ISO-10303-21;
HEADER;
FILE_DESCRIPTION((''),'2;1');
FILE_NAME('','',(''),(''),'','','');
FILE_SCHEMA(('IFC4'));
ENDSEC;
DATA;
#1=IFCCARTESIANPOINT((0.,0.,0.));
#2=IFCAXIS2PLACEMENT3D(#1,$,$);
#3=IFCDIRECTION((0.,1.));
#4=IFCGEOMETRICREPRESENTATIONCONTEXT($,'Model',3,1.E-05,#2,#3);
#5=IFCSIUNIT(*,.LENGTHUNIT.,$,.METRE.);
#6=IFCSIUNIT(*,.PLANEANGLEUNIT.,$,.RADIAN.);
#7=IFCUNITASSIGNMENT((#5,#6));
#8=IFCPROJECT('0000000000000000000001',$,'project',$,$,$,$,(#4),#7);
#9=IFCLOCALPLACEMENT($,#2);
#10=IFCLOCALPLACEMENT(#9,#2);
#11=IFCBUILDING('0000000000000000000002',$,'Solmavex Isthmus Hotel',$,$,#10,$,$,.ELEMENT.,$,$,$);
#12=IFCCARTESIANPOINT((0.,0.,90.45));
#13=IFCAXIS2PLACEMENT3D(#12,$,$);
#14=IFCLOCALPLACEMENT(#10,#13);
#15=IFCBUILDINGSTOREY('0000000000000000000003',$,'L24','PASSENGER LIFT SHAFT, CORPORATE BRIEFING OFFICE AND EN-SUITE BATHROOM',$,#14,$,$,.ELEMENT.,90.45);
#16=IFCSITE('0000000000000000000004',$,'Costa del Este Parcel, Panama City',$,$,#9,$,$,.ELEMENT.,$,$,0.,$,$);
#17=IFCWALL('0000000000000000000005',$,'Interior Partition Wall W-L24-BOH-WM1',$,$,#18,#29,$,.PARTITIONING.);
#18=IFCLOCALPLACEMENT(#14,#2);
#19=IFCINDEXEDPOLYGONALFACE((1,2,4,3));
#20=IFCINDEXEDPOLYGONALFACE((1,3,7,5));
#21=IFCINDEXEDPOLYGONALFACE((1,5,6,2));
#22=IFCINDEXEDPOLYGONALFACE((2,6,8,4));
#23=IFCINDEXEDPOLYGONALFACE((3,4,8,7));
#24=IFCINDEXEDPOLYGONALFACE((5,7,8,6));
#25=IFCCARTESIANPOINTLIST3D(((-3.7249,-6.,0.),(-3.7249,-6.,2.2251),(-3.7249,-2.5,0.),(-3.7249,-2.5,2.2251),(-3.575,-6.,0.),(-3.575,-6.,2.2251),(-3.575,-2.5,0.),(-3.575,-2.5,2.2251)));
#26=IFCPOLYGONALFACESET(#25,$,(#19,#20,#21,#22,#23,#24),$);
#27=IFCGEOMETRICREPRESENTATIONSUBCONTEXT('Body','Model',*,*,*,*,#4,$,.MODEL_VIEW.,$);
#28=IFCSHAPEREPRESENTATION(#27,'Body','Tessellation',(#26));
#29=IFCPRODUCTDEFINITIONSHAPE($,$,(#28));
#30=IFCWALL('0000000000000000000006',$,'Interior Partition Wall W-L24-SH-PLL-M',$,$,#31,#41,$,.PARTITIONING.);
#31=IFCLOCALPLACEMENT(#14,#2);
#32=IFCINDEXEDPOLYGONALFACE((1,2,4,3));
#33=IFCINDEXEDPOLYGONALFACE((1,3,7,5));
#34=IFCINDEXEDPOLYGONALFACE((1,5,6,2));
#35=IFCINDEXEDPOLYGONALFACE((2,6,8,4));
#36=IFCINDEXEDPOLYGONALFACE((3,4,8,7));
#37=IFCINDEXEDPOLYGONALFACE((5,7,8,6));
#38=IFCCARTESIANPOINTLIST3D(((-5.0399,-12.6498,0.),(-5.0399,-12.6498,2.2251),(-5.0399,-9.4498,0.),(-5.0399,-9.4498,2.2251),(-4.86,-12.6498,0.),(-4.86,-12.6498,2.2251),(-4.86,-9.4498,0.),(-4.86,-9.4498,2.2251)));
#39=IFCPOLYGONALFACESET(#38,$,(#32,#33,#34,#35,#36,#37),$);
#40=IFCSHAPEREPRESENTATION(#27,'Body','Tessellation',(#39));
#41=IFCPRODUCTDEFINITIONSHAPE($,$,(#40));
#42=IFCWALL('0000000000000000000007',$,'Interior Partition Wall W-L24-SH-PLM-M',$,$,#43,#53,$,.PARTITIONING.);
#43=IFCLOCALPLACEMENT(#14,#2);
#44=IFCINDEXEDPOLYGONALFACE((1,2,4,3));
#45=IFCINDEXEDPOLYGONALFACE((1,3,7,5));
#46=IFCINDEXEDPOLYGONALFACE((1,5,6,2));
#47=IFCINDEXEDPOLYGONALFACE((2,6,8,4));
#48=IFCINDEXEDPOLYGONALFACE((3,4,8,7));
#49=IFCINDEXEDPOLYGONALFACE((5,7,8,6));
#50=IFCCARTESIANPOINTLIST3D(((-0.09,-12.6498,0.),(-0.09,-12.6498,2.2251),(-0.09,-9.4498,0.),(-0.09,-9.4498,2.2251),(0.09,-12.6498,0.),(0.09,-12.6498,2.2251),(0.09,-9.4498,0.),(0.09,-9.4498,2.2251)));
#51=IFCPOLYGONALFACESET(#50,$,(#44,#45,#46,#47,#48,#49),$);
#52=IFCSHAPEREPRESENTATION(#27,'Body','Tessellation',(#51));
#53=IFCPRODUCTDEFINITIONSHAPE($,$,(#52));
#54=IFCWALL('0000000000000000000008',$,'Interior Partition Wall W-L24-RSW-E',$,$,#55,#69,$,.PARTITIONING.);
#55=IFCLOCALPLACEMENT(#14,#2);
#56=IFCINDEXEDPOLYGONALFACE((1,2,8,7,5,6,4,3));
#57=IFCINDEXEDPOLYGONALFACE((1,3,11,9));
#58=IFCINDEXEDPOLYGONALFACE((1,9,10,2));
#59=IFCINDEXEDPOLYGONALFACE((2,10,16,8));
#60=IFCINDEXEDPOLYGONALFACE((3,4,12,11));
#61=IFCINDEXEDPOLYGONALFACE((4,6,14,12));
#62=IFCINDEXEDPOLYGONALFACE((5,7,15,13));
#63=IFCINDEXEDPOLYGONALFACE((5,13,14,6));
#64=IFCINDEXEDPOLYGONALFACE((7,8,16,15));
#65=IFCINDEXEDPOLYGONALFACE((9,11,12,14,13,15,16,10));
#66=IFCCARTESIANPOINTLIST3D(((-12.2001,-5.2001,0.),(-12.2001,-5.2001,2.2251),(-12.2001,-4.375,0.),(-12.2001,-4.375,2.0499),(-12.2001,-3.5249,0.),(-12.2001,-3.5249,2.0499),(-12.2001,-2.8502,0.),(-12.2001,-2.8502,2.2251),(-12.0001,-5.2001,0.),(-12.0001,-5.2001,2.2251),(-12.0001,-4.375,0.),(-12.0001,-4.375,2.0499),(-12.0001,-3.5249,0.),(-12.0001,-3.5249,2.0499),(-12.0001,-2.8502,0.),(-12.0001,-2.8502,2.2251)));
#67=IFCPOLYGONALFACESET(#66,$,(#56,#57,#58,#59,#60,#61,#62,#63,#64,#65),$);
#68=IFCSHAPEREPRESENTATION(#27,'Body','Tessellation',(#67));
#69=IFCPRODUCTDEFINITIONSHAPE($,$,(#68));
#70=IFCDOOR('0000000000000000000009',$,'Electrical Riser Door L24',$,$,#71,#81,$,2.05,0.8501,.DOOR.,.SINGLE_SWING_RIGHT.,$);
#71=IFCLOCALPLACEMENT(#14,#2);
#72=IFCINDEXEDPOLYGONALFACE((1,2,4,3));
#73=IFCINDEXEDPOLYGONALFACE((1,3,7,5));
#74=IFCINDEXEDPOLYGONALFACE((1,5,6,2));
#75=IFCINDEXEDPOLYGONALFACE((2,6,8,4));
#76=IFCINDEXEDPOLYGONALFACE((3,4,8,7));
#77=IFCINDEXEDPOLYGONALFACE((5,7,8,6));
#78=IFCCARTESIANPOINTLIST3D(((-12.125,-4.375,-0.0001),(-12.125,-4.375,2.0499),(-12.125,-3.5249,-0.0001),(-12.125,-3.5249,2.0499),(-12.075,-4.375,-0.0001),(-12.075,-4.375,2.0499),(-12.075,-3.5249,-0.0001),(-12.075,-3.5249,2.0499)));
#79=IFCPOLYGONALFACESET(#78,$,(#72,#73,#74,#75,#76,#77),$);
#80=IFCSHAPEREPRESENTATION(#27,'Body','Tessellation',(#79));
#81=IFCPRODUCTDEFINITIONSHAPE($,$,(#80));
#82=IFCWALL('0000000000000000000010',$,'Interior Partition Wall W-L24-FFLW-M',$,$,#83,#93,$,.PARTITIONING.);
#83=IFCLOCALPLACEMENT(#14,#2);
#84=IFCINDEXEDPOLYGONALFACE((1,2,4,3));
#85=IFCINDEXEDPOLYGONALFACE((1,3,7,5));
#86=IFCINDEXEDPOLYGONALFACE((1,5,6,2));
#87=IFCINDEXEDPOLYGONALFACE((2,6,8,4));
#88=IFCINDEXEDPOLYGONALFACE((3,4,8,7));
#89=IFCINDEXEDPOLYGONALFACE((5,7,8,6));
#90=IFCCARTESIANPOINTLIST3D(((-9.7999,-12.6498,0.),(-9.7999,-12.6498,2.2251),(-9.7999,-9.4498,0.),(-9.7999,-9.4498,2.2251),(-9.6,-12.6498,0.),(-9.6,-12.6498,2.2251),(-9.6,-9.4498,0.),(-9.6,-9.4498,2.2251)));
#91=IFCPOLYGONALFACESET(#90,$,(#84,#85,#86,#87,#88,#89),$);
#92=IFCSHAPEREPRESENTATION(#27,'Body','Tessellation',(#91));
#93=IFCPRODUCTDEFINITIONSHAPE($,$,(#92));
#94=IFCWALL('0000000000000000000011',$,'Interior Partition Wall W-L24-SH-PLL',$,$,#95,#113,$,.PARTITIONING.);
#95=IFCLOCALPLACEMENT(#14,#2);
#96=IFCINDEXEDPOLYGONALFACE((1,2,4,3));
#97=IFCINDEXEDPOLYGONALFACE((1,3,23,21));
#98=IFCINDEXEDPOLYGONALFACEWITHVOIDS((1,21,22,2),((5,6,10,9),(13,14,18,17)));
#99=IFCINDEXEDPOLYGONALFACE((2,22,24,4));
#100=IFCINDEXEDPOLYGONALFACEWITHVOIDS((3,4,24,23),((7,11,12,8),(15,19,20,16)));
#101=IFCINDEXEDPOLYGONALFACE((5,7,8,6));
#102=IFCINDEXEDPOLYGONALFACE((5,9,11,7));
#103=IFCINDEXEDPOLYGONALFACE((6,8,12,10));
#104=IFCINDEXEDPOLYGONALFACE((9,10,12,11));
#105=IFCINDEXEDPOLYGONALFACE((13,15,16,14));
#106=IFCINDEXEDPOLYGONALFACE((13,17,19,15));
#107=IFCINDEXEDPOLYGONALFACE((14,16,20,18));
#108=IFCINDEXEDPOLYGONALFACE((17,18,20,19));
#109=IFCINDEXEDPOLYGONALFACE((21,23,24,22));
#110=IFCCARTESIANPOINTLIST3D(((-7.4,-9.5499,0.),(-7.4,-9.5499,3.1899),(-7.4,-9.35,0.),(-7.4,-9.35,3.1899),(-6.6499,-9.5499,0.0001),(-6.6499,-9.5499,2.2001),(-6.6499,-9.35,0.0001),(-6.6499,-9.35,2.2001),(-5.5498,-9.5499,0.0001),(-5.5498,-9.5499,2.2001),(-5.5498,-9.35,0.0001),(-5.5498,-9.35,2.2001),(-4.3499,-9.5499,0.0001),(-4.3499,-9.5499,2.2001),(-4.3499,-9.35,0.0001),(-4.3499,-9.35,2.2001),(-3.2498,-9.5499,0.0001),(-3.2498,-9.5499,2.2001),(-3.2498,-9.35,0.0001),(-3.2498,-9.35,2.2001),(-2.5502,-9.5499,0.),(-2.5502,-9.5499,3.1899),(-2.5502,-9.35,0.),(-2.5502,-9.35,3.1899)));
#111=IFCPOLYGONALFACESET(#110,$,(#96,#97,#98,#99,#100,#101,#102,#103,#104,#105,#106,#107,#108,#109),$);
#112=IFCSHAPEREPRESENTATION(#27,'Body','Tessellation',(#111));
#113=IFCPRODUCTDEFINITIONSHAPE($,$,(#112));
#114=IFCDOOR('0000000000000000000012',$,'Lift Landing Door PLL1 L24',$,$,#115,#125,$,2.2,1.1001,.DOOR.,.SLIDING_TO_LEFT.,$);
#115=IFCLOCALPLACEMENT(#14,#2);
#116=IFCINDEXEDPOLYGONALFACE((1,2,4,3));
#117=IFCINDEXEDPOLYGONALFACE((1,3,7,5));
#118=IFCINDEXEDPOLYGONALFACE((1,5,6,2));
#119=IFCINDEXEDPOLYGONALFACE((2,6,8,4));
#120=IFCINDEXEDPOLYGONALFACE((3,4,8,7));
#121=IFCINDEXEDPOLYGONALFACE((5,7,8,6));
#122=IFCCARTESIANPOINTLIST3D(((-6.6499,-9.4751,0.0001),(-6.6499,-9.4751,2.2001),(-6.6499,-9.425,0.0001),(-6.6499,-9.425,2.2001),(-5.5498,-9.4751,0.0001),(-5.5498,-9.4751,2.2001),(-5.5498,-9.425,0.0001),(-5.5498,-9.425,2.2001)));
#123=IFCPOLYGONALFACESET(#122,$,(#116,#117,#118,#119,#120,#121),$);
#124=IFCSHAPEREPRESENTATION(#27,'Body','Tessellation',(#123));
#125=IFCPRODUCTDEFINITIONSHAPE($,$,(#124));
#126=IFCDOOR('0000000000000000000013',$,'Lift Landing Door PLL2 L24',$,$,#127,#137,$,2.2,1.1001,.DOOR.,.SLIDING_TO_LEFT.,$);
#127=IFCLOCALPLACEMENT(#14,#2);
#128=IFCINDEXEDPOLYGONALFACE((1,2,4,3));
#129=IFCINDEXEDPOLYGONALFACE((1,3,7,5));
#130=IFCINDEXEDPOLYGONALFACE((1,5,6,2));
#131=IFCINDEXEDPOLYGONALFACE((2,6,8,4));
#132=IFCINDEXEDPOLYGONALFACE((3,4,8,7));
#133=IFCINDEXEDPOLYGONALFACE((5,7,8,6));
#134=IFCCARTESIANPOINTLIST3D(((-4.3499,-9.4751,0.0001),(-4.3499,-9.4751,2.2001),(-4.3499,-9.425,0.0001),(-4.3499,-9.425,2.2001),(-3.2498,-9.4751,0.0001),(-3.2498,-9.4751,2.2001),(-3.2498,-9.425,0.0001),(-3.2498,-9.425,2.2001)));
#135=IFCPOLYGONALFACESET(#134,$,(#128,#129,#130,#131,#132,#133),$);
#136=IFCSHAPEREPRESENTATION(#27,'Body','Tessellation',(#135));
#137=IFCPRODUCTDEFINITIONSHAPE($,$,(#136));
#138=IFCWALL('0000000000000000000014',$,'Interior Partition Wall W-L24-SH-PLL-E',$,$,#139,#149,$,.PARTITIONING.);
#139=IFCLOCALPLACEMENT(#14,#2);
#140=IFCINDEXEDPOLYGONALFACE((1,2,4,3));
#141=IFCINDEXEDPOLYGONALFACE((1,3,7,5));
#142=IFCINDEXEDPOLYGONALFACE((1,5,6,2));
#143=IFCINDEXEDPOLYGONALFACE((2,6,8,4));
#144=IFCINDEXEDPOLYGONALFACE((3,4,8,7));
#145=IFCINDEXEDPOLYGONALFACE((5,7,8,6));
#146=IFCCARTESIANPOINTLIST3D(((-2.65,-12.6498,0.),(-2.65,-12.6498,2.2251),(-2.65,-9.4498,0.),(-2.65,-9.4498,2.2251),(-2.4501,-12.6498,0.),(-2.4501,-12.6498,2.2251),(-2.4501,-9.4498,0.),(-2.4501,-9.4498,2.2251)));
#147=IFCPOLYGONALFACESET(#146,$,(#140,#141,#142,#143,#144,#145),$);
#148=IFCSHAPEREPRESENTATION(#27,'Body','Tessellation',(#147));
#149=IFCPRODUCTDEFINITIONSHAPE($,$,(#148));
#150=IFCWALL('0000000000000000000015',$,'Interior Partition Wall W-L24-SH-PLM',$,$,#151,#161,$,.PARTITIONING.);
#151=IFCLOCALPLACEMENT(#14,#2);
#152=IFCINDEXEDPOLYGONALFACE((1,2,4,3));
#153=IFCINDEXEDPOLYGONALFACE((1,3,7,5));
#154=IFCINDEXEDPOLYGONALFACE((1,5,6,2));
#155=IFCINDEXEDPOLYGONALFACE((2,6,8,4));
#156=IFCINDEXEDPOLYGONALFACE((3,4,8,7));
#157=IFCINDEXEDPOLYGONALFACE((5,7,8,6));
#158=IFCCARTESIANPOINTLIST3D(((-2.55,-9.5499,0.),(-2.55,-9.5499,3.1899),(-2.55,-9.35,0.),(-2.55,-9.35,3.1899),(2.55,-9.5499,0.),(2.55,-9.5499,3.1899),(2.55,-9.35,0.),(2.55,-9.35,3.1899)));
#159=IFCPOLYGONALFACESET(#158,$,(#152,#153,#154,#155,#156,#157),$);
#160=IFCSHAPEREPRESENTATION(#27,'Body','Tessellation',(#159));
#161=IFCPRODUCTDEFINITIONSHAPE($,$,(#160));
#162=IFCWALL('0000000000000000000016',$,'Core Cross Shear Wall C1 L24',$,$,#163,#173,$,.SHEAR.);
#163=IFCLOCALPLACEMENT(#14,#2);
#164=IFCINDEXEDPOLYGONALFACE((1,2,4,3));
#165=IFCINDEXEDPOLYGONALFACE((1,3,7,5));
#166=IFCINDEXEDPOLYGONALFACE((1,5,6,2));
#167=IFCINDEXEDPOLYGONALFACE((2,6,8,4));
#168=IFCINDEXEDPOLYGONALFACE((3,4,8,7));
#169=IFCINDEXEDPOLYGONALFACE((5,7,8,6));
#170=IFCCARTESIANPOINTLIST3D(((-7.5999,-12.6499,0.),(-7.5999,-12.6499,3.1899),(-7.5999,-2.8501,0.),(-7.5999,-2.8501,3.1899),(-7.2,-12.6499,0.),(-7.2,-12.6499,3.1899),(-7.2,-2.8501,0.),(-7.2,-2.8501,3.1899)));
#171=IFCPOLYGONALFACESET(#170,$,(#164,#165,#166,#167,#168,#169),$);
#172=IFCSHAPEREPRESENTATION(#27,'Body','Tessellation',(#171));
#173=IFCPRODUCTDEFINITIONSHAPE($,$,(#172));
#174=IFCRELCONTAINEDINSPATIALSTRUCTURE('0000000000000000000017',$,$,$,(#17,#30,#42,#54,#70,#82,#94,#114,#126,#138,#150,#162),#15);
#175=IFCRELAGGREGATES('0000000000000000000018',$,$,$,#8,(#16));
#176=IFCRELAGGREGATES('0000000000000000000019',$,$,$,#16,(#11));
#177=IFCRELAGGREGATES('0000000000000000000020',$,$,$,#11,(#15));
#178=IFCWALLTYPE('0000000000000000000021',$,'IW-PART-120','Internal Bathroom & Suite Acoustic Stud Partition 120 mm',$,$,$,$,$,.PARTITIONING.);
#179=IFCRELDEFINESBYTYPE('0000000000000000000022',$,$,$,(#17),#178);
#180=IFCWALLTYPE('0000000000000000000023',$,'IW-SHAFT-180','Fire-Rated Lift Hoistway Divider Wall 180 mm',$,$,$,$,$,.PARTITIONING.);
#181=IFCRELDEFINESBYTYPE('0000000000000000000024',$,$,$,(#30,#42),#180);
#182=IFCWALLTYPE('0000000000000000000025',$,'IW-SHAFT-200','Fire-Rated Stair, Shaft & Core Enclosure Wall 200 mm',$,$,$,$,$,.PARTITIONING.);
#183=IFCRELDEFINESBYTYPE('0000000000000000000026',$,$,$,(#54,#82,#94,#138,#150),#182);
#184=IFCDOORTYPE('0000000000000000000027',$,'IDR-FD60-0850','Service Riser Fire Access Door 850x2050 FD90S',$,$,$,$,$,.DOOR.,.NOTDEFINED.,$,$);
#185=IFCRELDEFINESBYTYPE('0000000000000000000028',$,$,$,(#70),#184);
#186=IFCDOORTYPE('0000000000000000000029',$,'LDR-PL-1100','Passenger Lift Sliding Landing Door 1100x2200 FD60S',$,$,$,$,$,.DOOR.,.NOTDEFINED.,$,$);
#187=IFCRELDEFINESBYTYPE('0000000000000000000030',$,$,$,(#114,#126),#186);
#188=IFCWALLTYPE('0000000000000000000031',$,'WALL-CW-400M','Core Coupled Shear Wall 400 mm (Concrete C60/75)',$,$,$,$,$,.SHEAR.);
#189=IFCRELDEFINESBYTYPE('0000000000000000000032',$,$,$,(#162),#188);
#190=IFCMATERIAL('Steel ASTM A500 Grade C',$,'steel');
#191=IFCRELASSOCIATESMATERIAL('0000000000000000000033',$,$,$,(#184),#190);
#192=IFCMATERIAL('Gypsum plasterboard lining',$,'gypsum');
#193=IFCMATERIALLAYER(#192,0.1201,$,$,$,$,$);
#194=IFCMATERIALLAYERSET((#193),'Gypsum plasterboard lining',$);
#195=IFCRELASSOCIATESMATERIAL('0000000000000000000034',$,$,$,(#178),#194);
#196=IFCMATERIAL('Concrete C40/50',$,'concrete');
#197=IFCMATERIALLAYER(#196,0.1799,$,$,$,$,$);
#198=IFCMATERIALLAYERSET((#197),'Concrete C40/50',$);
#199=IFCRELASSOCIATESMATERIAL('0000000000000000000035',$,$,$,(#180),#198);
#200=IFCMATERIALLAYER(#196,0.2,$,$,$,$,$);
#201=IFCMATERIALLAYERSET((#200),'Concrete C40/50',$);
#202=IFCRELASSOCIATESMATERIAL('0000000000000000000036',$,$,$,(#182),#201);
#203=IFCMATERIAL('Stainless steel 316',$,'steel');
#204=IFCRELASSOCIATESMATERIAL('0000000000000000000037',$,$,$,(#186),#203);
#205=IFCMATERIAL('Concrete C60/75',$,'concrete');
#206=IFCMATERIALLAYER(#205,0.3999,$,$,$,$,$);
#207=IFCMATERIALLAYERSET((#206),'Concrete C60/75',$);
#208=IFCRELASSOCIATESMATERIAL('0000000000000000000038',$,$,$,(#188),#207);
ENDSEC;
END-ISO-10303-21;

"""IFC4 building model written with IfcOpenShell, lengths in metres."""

from ifc_helpers import new_model, si_unit, direction, frame, frame_2d, origin, place, context, subcontext, project, spatial, rectangle, extrude, material, layer, layer_set, type_object, element, fill, save


model = new_model("IFC4")

# Units and contexts
model_context = context("Model", 3, precision=1e-05, world=origin(), true_north=direction((0.0, 1.0)))
body_context = subcontext(model_context, "Body", "Model", "MODEL_VIEW")
ifc_project = project(units=[si_unit("LENGTHUNIT", "METRE"), si_unit("PLANEANGLEUNIT", "RADIAN")], contexts=[model_context])

# Site, building, storey
site_placement = place(None, origin())
site = spatial("IfcSite", under=ifc_project, at=site_placement, Name="Costa del Este Parcel, Panama City", CompositionType="ELEMENT", RefElevation=0.0)
building_placement = place(site_placement, origin())
building = spatial("IfcBuilding", under=site, at=building_placement, Name="Solmavex Isthmus Hotel", CompositionType="ELEMENT")
storey_placement = place(building_placement, frame((0.0, 0.0, 90.45)))
storey = spatial("IfcBuildingStorey", under=building, at=storey_placement, Name="L24", Description="PASSENGER LIFT SHAFT, CORPORATE BRIEFING OFFICE AND EN-SUITE BATHROOM", CompositionType="ELEMENT", Elevation=90.45)

# Shared definitions
ifc_material_1 = material(Name="Concrete C60/75", Category="concrete")

# Shared definitions
ifc_material_2 = material(Name="Concrete C40/50", Category="concrete")

# Shared definitions
ifc_material_3 = material(Name="Gypsum plasterboard lining", Category="gypsum")
ifc_material_4 = material(Name="Steel ASTM A500 Grade C", Category="steel")
door_type_1 = type_object("IfcDoorType", Name="IDR-FD60-0850", Description="Service Riser Fire Access Door 850x2050 FD90S", OperationType="NOTDEFINED", PredefinedType="DOOR", material=ifc_material_4)

# Walls
ifc_layer_1 = layer(ifc_material_3, 0.1201)
ifc_layer_set_1 = layer_set([ifc_layer_1], Name="Gypsum plasterboard lining")
wall_type_1 = type_object("IfcWallType", Name="IW-PART-120", Description="Internal Bathroom & Suite Acoustic Stud Partition 120 mm", PredefinedType="PARTITIONING", material=ifc_layer_set_1)
wall_1_placement = place(storey_placement, frame((-3.6499, -6.0, 0.0), z_axis=(0.0, 0.0, 1.0), x_axis=(0.0, 1.0, 0.0)))
element("IfcWall", 1, at=wall_1_placement, inside=storey, type_object=wall_type_1, Name="Interior Partition Wall W-L24-BOH-WM1", PredefinedType="PARTITIONING", context=body_context, shape_type="SweptSolid", body=[
    extrude(rectangle(XDim=3.5, YDim=0.1499, at=frame_2d((1.75, 0.0))), origin(), (0.0, 0.0, 1.0), 2.2251),
])
ifc_layer_2 = layer(ifc_material_2, 0.1799)
ifc_layer_set_2 = layer_set([ifc_layer_2], Name="Concrete C40/50")
wall_type_2 = type_object("IfcWallType", Name="IW-SHAFT-180", Description="Fire-Rated Lift Hoistway Divider Wall 180 mm", PredefinedType="PARTITIONING", material=ifc_layer_set_2)
for number, where, z_axis, x_axis, name in (
    (2, (-4.95, -12.6499, 0.0), (0.0, 0.0, 1.0), (0.0, 1.0, 0.0), "Interior Partition Wall W-L24-SH-PLL-M"),
    (3, (0.0, -12.6499, 0.0), (0.0, 0.0, 1.0), (0.0, 1.0, 0.0), "Interior Partition Wall W-L24-SH-PLM-M"),
):
    element("IfcWall", number, at=place(storey_placement, frame(where, z_axis=z_axis, x_axis=x_axis)), inside=storey, type_object=wall_type_2, Name=name, PredefinedType="PARTITIONING", context=body_context, shape_type="SweptSolid", body=[
        extrude(rectangle(XDim=3.2, YDim=0.1799, at=frame_2d((1.6001, 0.0))), origin(), (0.0, 0.0, 1.0), 2.2251),
    ])

# Wall, opening, door
ifc_layer_3 = layer(ifc_material_2, 0.2)
ifc_layer_set_3 = layer_set([ifc_layer_3], Name="Concrete C40/50")
wall_type_3 = type_object("IfcWallType", Name="IW-SHAFT-200", Description="Fire-Rated Stair, Shaft & Core Enclosure Wall 200 mm", PredefinedType="PARTITIONING", material=ifc_layer_set_3)
wall_2_placement = place(storey_placement, frame((-12.1001, -5.2, 0.0), z_axis=(0.0, 0.0, 1.0), x_axis=(0.0, 1.0, 0.0)))
wall_2 = element("IfcWall", 4, at=wall_2_placement, inside=storey, type_object=wall_type_3, Name="Interior Partition Wall W-L24-RSW-E", PredefinedType="PARTITIONING", context=body_context, shape_type="SweptSolid", body=[
    extrude(rectangle(XDim=2.3499, YDim=0.2, at=frame_2d((1.1748, 0.0))), origin(), (0.0, 0.0, 1.0), 2.2251),
])
opening_1_placement = place(wall_2_placement, frame((0.825, 0.0, 0.0)))
opening_1 = element("IfcOpeningElement", 5, at=opening_1_placement, cuts=wall_2, PredefinedType="OPENING", context=body_context, shape_type="SweptSolid", body=[
    extrude(rectangle(XDim=0.8501, YDim=2.05, at=frame_2d((0.425, 1.0249))), frame((0.0, 0.1099, 0.0), z_axis=(0.0, -1.0, 0.0), x_axis=(1.0, 0.0, 0.0)), (0.0, 0.0, 1.0), 0.22),
])
door_1_placement = place(opening_1_placement, origin())
door_1 = element("IfcDoor", 6, at=door_1_placement, inside=storey, type_object=door_type_1, Name="Electrical Riser Door L24", OperationType="SINGLE_SWING_RIGHT", OverallHeight=2.05, OverallWidth=0.8501, PredefinedType="DOOR", context=body_context, shape_type="SweptSolid", body=[
    extrude(rectangle(XDim=0.8501, YDim=2.05, at=frame_2d((0.425, 1.0249))), frame((0.0, 0.0249, 0.0), z_axis=(0.0, -1.0, 0.0), x_axis=(1.0, 0.0, 0.0)), (0.0, 0.0, 1.0), 0.05),
])
fill(opening_1, door_1)

# Wall
wall_3_placement = place(storey_placement, frame((-9.7, -12.6499, 0.0), z_axis=(0.0, 0.0, 1.0), x_axis=(0.0, 1.0, 0.0)))
element("IfcWall", 7, at=wall_3_placement, inside=storey, type_object=wall_type_3, Name="Interior Partition Wall W-L24-FFLW-M", PredefinedType="PARTITIONING", context=body_context, shape_type="SweptSolid", body=[
    extrude(rectangle(XDim=3.2, YDim=0.2, at=frame_2d((1.6001, 0.0))), origin(), (0.0, 0.0, 1.0), 2.2251),
])

# Wall, openings, doors
wall_4_placement = place(storey_placement, frame((-7.3999, -9.45, 0.0), z_axis=(0.0, 0.0, 1.0), x_axis=(1.0, 0.0, 0.0)))
wall_4 = element("IfcWall", 8, at=wall_4_placement, inside=storey, type_object=wall_type_3, Name="Interior Partition Wall W-L24-SH-PLL", PredefinedType="PARTITIONING", context=body_context, shape_type="SweptSolid", body=[
    extrude(rectangle(XDim=4.8499, YDim=0.2, at=frame_2d((2.4248, 0.0))), origin(), (0.0, 0.0, 1.0), 3.1899),
])
opening_2_placement = place(wall_4_placement, frame((0.75, 0.0, 0.0)))
opening_2 = element("IfcOpeningElement", 9, at=opening_2_placement, cuts=wall_4, PredefinedType="OPENING", context=body_context, shape_type="SweptSolid", body=[
    extrude(rectangle(XDim=1.1001, YDim=2.2, at=frame_2d((0.55, 1.1001))), frame((0.0, 0.1099, 0.0), z_axis=(0.0, -1.0, 0.0), x_axis=(1.0, 0.0, 0.0)), (0.0, 0.0, 1.0), 0.22),
])
opening_3_placement = place(wall_4_placement, frame((3.05, 0.0, 0.0)))
opening_3 = element("IfcOpeningElement", 10, at=opening_3_placement, cuts=wall_4, PredefinedType="OPENING", context=body_context, shape_type="SweptSolid", body=[
    extrude(rectangle(XDim=1.1001, YDim=2.2, at=frame_2d((0.55, 1.1001))), frame((0.0, 0.1099, 0.0), z_axis=(0.0, -1.0, 0.0), x_axis=(1.0, 0.0, 0.0)), (0.0, 0.0, 1.0), 0.22),
])
ifc_material_5 = material(Name="Stainless steel 316", Category="steel")
door_type_2 = type_object("IfcDoorType", Name="LDR-PL-1100", Description="Passenger Lift Sliding Landing Door 1100x2200 FD60S", OperationType="NOTDEFINED", PredefinedType="DOOR", material=ifc_material_5)
door_2_placement = place(opening_2_placement, origin())
door_2 = element("IfcDoor", 11, at=door_2_placement, inside=storey, type_object=door_type_2, Name="Lift Landing Door PLL1 L24", OperationType="SLIDING_TO_LEFT", OverallHeight=2.2, OverallWidth=1.1001, PredefinedType="DOOR", context=body_context, shape_type="SweptSolid", body=[
    extrude(rectangle(XDim=1.1001, YDim=2.2, at=frame_2d((0.55, 1.1001))), frame((0.0, 0.0249, 0.0), z_axis=(0.0, -1.0, 0.0), x_axis=(1.0, 0.0, 0.0)), (0.0, 0.0, 1.0), 0.05),
])
fill(opening_2, door_2)
door_3_placement = place(opening_3_placement, origin())
door_3 = element("IfcDoor", 12, at=door_3_placement, inside=storey, type_object=door_type_2, Name="Lift Landing Door PLL2 L24", OperationType="SLIDING_TO_LEFT", OverallHeight=2.2, OverallWidth=1.1001, PredefinedType="DOOR", context=body_context, shape_type="SweptSolid", body=[
    extrude(rectangle(XDim=1.1001, YDim=2.2, at=frame_2d((0.55, 1.1001))), frame((0.0, 0.0249, 0.0), z_axis=(0.0, -1.0, 0.0), x_axis=(1.0, 0.0, 0.0)), (0.0, 0.0, 1.0), 0.05),
])
fill(opening_3, door_3)

# Walls
wall_5_placement = place(storey_placement, frame((-2.55, -12.6499, 0.0), z_axis=(0.0, 0.0, 1.0), x_axis=(0.0, 1.0, 0.0)))
element("IfcWall", 13, at=wall_5_placement, inside=storey, type_object=wall_type_3, Name="Interior Partition Wall W-L24-SH-PLL-E", PredefinedType="PARTITIONING", context=body_context, shape_type="SweptSolid", body=[
    extrude(rectangle(XDim=3.2, YDim=0.2, at=frame_2d((1.6001, 0.0))), origin(), (0.0, 0.0, 1.0), 2.2251),
])
wall_6_placement = place(storey_placement, frame((-2.55, -9.45, 0.0), z_axis=(0.0, 0.0, 1.0), x_axis=(1.0, 0.0, 0.0)))
element("IfcWall", 14, at=wall_6_placement, inside=storey, type_object=wall_type_3, Name="Interior Partition Wall W-L24-SH-PLM", PredefinedType="PARTITIONING", context=body_context, shape_type="SweptSolid", body=[
    extrude(rectangle(XDim=5.1001, YDim=0.2, at=frame_2d((2.55, 0.0))), origin(), (0.0, 0.0, 1.0), 3.1899),
])
ifc_layer_4 = layer(ifc_material_1, 0.3999)
ifc_layer_set_4 = layer_set([ifc_layer_4], Name="Concrete C60/75")
wall_type_4 = type_object("IfcWallType", Name="WALL-CW-400M", Description="Core Coupled Shear Wall 400 mm (Concrete C60/75)", PredefinedType="SHEAR", material=ifc_layer_set_4)
wall_7_placement = place(storey_placement, frame((-7.3999, -12.6499, 0.0), z_axis=(0.0, 0.0, 1.0), x_axis=(0.0, 1.0, 0.0)))
element("IfcWall", 15, at=wall_7_placement, inside=storey, type_object=wall_type_4, Name="Core Cross Shear Wall C1 L24", PredefinedType="SHEAR", context=body_context, shape_type="SweptSolid", body=[
    extrude(rectangle(XDim=9.7998, YDim=0.3999, at=frame_2d((4.8999, 0.0))), origin(), (0.0, 0.0, 1.0), 3.1899),
])

save(model, "model.ifc")
